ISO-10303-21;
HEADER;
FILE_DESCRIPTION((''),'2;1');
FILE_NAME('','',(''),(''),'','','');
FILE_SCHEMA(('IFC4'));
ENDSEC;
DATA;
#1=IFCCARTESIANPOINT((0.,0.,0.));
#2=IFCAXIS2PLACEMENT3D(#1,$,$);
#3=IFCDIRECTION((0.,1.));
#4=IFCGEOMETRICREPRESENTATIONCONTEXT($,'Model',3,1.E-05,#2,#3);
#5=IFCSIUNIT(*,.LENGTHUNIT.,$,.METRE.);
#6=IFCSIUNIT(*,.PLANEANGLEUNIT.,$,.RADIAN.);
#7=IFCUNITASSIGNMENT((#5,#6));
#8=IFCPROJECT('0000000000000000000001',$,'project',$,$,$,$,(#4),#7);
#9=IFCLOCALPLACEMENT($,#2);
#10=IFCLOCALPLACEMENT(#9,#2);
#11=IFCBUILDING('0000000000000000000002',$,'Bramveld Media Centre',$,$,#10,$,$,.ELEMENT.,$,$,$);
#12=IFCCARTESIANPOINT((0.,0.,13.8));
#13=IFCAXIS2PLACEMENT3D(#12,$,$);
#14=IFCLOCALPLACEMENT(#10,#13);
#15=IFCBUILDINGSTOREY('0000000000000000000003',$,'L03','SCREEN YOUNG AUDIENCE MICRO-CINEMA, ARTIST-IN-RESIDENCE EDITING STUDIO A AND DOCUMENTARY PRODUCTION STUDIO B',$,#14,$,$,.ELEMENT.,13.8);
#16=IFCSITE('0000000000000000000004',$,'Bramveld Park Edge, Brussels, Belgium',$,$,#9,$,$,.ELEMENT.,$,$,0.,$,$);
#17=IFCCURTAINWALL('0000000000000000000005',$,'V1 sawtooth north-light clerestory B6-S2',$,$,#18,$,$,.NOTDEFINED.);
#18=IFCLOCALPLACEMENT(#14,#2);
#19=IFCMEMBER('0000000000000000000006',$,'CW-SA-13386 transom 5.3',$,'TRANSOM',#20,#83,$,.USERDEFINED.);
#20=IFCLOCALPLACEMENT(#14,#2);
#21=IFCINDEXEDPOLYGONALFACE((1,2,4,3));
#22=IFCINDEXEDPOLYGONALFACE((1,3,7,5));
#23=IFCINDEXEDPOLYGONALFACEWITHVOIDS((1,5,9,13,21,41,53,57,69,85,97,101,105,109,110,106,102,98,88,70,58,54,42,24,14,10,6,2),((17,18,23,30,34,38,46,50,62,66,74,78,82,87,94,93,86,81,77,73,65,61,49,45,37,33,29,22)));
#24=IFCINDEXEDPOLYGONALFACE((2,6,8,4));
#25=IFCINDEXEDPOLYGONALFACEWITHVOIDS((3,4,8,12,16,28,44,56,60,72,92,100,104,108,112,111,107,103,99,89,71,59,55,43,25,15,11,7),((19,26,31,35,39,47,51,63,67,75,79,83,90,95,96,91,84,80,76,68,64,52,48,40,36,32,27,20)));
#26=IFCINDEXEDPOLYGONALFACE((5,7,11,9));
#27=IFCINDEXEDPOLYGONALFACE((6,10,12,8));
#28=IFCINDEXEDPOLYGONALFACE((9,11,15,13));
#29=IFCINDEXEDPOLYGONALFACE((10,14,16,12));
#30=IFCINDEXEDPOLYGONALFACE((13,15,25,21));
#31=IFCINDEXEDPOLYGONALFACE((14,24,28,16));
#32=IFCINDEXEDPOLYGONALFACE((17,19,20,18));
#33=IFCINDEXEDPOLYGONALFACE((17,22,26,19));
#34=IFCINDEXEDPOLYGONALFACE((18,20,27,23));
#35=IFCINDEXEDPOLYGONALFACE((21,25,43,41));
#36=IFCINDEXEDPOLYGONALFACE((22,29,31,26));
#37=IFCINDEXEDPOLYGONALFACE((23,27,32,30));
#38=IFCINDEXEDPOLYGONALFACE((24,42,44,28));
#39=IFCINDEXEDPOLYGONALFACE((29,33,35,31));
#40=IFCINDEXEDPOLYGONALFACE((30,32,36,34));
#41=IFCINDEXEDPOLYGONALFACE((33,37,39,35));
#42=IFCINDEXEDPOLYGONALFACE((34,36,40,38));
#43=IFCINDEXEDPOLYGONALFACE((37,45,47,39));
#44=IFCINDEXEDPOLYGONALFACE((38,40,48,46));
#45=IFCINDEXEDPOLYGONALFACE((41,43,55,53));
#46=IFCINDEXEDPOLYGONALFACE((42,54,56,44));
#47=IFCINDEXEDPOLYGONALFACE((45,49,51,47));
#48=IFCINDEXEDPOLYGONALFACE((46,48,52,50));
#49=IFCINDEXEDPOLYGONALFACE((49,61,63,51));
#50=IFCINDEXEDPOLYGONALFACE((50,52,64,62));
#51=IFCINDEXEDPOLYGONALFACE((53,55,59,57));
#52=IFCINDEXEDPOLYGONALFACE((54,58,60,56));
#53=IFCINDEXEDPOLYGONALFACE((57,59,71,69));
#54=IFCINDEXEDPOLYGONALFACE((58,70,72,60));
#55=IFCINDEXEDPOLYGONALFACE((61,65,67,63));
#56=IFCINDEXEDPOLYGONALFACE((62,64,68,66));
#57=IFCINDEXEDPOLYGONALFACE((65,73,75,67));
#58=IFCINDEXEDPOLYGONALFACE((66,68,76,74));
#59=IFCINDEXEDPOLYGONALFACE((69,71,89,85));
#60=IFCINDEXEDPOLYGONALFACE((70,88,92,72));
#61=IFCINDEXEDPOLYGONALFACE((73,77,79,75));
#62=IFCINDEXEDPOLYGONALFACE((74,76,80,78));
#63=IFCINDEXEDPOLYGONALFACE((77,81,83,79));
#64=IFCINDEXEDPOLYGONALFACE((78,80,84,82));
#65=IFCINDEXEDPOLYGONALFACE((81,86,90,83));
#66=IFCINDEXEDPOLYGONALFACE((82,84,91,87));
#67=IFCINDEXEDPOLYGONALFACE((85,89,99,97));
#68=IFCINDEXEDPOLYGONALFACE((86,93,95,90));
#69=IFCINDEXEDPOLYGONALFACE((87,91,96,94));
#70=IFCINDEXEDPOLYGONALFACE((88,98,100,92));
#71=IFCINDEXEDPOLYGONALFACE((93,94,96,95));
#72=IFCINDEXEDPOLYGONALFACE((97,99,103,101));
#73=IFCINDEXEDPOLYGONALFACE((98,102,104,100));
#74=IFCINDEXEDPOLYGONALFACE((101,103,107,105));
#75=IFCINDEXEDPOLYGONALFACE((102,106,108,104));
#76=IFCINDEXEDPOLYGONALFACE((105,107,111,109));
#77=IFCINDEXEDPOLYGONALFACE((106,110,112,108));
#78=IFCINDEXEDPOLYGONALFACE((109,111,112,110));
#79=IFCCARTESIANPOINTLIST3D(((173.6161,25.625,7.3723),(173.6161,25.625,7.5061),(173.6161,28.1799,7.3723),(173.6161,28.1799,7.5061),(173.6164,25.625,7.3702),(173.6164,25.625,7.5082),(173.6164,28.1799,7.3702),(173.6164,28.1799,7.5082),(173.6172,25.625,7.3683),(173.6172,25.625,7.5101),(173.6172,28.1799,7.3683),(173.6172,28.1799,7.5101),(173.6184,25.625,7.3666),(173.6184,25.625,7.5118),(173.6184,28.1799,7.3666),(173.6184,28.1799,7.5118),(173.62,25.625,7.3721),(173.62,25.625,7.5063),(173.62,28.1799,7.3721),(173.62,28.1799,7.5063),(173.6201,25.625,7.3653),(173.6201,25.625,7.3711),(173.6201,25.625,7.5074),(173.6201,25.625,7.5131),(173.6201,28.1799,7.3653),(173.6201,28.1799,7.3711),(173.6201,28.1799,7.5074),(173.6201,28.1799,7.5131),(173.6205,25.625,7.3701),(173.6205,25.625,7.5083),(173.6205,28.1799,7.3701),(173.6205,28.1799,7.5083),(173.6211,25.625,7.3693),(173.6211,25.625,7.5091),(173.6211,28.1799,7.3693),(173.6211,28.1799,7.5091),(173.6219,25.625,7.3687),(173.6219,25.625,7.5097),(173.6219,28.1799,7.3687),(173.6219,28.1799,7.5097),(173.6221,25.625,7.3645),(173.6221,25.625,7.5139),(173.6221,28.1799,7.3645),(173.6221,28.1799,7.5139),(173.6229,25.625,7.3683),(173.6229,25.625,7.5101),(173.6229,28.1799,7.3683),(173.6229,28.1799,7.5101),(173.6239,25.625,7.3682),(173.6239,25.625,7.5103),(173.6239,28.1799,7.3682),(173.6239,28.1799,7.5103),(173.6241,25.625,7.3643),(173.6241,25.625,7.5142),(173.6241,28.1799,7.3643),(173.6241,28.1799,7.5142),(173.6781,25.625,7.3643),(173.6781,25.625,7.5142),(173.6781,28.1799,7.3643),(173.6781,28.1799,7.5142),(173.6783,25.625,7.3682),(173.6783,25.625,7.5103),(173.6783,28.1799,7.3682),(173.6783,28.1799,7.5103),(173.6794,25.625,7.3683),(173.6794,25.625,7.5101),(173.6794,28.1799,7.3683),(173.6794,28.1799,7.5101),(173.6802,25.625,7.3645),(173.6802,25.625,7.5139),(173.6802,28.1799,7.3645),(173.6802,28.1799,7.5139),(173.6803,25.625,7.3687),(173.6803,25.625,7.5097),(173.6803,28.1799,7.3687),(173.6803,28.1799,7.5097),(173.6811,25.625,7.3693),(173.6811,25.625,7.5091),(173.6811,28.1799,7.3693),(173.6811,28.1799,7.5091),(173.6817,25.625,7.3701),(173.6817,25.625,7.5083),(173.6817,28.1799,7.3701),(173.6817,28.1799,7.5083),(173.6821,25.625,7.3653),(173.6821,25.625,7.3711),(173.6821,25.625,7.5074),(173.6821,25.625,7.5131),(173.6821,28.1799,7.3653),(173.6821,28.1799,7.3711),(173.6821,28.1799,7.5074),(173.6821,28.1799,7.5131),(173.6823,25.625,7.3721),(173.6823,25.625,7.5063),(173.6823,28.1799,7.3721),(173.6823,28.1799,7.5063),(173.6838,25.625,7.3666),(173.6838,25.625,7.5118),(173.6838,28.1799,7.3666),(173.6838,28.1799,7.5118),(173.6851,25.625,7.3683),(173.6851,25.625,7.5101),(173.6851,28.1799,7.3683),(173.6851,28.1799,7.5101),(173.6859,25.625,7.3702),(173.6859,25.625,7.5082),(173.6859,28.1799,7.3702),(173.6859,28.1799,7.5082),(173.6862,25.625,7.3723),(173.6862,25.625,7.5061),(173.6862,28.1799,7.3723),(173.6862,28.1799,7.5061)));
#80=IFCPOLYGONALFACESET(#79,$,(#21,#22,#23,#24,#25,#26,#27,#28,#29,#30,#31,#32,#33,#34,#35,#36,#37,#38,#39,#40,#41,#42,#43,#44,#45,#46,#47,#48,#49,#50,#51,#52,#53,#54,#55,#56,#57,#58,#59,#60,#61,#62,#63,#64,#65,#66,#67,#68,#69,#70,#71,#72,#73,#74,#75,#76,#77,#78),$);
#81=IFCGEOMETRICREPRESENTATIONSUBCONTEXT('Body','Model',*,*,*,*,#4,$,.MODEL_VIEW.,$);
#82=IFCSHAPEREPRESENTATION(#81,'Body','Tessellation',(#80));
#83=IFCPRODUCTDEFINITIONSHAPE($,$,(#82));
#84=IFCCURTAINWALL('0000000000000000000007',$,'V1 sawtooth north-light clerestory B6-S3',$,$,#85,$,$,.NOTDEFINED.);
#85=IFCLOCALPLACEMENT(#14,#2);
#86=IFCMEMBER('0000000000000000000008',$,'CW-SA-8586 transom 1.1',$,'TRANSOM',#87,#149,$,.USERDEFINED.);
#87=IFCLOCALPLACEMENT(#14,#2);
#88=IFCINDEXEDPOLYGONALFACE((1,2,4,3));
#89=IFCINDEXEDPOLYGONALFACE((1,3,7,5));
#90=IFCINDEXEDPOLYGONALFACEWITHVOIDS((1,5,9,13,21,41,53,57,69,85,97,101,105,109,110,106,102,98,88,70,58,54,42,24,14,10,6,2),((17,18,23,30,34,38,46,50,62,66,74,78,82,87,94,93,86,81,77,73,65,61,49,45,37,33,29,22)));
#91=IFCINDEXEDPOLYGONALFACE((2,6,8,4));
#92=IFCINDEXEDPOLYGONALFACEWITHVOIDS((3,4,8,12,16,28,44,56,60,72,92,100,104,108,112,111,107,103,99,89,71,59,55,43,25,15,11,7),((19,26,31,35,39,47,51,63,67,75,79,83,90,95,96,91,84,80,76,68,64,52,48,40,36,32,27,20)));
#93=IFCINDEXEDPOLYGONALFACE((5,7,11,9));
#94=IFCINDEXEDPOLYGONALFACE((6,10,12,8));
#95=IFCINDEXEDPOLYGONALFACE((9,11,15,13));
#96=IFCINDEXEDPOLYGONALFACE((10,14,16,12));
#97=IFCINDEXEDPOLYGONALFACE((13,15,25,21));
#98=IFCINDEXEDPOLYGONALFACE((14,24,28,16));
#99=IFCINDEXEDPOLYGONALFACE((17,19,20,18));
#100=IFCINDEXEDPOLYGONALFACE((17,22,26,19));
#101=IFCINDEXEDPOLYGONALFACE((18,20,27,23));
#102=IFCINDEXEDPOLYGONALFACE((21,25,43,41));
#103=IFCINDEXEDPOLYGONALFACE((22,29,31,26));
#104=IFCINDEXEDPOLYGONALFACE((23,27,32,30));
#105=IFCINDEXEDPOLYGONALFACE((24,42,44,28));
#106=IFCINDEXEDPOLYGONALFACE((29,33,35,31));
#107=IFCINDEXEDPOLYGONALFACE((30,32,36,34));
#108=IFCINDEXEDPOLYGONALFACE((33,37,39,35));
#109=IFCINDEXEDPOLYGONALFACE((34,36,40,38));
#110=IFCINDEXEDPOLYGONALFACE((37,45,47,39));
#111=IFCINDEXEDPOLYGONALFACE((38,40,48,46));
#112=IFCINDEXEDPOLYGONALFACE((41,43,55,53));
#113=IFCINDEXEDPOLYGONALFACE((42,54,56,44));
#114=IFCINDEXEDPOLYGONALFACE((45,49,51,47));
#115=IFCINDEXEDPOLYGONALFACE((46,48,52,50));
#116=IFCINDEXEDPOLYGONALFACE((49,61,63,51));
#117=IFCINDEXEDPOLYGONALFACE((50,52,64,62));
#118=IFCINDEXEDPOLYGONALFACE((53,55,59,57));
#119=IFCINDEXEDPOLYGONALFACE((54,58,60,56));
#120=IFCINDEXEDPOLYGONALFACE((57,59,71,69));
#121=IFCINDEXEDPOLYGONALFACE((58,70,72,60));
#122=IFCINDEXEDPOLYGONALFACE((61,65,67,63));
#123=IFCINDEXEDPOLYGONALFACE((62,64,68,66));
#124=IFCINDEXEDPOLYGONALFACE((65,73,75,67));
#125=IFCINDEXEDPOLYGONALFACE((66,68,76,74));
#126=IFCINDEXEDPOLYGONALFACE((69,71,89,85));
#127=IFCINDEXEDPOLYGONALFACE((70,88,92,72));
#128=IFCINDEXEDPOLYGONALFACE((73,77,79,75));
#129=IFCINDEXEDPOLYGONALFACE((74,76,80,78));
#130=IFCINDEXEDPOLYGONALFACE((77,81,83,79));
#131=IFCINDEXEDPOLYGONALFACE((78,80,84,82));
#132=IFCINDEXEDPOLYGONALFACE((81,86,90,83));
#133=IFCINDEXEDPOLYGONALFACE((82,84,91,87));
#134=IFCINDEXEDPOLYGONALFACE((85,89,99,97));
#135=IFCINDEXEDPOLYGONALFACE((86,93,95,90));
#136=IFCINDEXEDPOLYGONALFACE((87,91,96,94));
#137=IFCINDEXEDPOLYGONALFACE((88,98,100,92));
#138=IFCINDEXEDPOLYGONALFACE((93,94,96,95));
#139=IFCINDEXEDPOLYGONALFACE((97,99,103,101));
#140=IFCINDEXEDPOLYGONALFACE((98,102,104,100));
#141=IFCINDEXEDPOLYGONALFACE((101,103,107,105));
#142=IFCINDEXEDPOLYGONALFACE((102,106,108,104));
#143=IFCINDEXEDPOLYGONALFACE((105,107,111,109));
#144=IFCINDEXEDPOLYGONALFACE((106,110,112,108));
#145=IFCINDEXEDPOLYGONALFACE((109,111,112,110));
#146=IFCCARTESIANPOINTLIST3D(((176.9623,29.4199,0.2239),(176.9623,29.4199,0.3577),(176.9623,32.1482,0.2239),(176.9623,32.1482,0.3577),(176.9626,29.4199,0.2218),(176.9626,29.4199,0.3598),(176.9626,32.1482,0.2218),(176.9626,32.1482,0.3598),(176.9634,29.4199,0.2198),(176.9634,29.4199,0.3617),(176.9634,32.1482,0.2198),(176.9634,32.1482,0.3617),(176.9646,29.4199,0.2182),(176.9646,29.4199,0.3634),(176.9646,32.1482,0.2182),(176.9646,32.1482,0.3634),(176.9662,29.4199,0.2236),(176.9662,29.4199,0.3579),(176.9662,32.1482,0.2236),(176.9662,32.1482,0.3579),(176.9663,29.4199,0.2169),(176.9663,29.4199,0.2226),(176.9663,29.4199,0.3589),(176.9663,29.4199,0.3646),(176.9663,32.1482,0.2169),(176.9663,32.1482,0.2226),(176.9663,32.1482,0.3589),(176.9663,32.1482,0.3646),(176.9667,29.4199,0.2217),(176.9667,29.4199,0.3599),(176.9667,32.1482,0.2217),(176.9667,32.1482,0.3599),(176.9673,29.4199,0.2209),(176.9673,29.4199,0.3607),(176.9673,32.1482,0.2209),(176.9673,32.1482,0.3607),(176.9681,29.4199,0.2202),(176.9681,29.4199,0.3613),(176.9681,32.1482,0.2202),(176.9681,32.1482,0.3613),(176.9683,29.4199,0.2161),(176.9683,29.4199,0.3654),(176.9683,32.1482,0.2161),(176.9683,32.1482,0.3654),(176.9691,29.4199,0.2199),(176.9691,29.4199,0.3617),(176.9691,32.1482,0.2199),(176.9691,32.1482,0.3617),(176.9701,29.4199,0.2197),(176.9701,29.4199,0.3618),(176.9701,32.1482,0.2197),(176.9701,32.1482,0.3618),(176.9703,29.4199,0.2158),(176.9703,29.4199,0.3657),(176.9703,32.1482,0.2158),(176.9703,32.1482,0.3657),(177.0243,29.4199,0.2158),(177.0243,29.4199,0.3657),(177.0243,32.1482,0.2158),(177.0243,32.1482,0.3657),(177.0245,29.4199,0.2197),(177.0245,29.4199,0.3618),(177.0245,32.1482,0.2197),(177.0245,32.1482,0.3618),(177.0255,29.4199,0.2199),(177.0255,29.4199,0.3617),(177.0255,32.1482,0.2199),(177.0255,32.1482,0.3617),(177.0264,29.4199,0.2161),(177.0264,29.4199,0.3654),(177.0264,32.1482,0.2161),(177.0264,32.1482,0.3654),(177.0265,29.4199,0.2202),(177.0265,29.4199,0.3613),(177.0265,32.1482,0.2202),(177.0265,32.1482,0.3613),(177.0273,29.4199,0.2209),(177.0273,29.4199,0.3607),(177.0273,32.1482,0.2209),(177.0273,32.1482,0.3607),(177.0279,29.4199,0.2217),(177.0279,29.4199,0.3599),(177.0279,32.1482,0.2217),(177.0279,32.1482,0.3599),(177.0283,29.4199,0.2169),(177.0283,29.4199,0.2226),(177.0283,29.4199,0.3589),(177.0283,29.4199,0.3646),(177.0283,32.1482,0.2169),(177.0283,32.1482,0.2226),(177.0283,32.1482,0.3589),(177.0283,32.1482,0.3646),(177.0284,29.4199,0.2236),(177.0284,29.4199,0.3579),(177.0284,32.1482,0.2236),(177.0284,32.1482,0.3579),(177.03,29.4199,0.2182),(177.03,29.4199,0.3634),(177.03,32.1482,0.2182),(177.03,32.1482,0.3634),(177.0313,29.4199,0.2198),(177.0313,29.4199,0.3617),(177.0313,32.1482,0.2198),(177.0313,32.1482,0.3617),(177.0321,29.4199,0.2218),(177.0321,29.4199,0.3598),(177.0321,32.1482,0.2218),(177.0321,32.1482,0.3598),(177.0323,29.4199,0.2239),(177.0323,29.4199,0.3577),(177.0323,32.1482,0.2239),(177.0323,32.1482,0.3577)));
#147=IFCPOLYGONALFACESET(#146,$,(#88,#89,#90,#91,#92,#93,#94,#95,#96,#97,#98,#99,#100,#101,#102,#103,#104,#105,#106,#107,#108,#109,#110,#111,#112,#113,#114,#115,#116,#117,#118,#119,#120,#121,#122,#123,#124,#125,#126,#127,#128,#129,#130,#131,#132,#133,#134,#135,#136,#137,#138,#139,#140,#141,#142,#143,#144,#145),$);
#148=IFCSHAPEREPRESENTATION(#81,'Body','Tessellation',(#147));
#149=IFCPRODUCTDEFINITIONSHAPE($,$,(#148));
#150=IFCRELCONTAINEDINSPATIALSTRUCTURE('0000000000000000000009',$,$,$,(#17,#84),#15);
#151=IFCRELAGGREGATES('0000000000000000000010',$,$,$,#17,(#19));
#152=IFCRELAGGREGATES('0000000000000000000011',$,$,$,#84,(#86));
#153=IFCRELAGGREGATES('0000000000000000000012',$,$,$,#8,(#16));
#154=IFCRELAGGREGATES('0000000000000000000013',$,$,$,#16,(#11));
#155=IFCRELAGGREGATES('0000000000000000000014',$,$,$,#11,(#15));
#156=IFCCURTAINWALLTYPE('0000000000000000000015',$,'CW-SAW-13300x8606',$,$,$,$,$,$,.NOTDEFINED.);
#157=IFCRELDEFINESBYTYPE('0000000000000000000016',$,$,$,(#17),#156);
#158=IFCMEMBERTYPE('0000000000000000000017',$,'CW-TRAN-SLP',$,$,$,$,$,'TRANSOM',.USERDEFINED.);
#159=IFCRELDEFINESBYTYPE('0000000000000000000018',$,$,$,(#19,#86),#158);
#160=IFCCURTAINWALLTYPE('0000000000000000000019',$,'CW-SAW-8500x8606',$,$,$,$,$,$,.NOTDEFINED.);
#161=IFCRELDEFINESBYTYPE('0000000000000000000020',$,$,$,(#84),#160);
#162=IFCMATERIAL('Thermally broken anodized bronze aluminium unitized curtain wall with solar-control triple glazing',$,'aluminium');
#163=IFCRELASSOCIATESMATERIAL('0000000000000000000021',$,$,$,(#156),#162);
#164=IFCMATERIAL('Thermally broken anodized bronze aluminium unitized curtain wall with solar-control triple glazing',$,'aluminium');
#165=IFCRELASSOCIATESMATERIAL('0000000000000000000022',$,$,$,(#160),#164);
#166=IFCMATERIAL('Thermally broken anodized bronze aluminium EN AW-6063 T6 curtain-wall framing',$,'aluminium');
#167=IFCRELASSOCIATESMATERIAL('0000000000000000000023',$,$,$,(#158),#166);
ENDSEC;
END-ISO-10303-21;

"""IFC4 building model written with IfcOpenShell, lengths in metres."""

from ifc_helpers import new_model, si_unit, direction, frame, origin, origin_2d, place, context, subcontext, project, spatial, hollow_rectangle, extrude, material, material_profile, profile_set, type_object, element, aggregate, save


model = new_model("IFC4")

# Units and contexts
model_context = context("Model", 3, precision=1e-05, world=origin(), true_north=direction((0.0, 1.0)))
body_context = subcontext(model_context, "Body", "Model", "MODEL_VIEW")
ifc_project = project(units=[si_unit("LENGTHUNIT", "METRE"), si_unit("PLANEANGLEUNIT", "RADIAN")], contexts=[model_context])

# Site, building, storey
site_placement = place(None, origin())
site = spatial("IfcSite", under=ifc_project, at=site_placement, Name="Bramveld Park Edge, Brussels, Belgium", CompositionType="ELEMENT", RefElevation=0.0)
building_placement = place(site_placement, origin())
building = spatial("IfcBuilding", under=site, at=building_placement, Name="Bramveld Media Centre", CompositionType="ELEMENT")
storey_placement = place(building_placement, frame((0.0, 0.0, 13.8)))
storey = spatial("IfcBuildingStorey", under=building, at=storey_placement, Name="L03", Description="SCREEN YOUNG AUDIENCE MICRO-CINEMA, ARTIST-IN-RESIDENCE EDITING STUDIO A AND DOCUMENTARY PRODUCTION STUDIO B", CompositionType="ELEMENT", Elevation=13.8)

# Shared definitions
ifc_material_1 = material(Name="Thermally broken anodized bronze aluminium unitized curtain wall with solar-control triple glazing", Category="aluminium")
curtain_wall_type_1 = type_object("IfcCurtainWallType", Name="CW-SAW-13300x8606", PredefinedType="NOTDEFINED", material=ifc_material_1)

# Shared definitions
ifc_material_2 = material(Name="Thermally broken anodized bronze aluminium unitized curtain wall with solar-control triple glazing", Category="aluminium")
curtain_wall_type_2 = type_object("IfcCurtainWallType", Name="CW-SAW-8500x8606", PredefinedType="NOTDEFINED", material=ifc_material_2)

# Curtain wall
curtain_wall_1_placement = place(storey_placement, origin())
curtain_wall_1 = element("IfcCurtainWall", 1, at=curtain_wall_1_placement, inside=storey, type_object=curtain_wall_type_1, Name="V1 sawtooth north-light clerestory B6-S2", PredefinedType="NOTDEFINED")

# Member
ifc_material_3 = material(Name="Thermally broken anodized bronze aluminium EN AW-6063 T6 curtain-wall framing", Category="aluminium")
ifc_material_profile_1 = material_profile(ifc_material_3, hollow_rectangle(XDim=0.0701, YDim=0.1499, WallThickness=0.0039, InnerFilletRadius=0.0039, OuterFilletRadius=0.0081, at=origin_2d()), Name="AL-TRAN 70x150")
ifc_profile_set_1 = profile_set([ifc_material_profile_1], Name="Thermally broken anodized bronze aluminium EN AW-6063 T6 curtain-wall framing")
member_type_1 = type_object("IfcMemberType", Name="CW-TRAN-SLP", ElementType="TRANSOM", PredefinedType="USERDEFINED", material=ifc_profile_set_1)
member_1_placement = place(storey_placement, frame((173.6511, 25.625, 7.4392), z_axis=(0.0, 1.0, 0.0), x_axis=(-1.0, 0.0, 0.0)))
member_1 = element("IfcMember", 2, at=member_1_placement, type_object=member_type_1, Name="CW-SA-13386 transom 5.3", ObjectType="TRANSOM", PredefinedType="USERDEFINED", context=body_context, shape_type="SweptSolid", body=[
    extrude(hollow_rectangle(XDim=0.0701, YDim=0.1499, WallThickness=0.0039, InnerFilletRadius=0.0039, OuterFilletRadius=0.0081, at=origin_2d()), origin(), (0.0, 0.0, 1.0), 2.5549),
])

# Curtain wall, member
curtain_wall_2_placement = place(storey_placement, origin())
curtain_wall_2 = element("IfcCurtainWall", 3, at=curtain_wall_2_placement, inside=storey, type_object=curtain_wall_type_2, Name="V1 sawtooth north-light clerestory B6-S3", PredefinedType="NOTDEFINED")
member_2_placement = place(storey_placement, frame((176.9973, 29.4199, 0.2908), z_axis=(0.0, 1.0, 0.0), x_axis=(-1.0, 0.0, 0.0)))
member_2 = element("IfcMember", 4, at=member_2_placement, type_object=member_type_1, Name="CW-SA-8586 transom 1.1", ObjectType="TRANSOM", PredefinedType="USERDEFINED", context=body_context, shape_type="SweptSolid", body=[
    extrude(hollow_rectangle(XDim=0.0701, YDim=0.1499, WallThickness=0.0039, InnerFilletRadius=0.0039, OuterFilletRadius=0.0081, at=origin_2d()), origin(), (0.0, 0.0, 1.0), 2.7283),
])

aggregate(curtain_wall_1, [member_1])
aggregate(curtain_wall_2, [member_2])

save(model, "model.ifc")
